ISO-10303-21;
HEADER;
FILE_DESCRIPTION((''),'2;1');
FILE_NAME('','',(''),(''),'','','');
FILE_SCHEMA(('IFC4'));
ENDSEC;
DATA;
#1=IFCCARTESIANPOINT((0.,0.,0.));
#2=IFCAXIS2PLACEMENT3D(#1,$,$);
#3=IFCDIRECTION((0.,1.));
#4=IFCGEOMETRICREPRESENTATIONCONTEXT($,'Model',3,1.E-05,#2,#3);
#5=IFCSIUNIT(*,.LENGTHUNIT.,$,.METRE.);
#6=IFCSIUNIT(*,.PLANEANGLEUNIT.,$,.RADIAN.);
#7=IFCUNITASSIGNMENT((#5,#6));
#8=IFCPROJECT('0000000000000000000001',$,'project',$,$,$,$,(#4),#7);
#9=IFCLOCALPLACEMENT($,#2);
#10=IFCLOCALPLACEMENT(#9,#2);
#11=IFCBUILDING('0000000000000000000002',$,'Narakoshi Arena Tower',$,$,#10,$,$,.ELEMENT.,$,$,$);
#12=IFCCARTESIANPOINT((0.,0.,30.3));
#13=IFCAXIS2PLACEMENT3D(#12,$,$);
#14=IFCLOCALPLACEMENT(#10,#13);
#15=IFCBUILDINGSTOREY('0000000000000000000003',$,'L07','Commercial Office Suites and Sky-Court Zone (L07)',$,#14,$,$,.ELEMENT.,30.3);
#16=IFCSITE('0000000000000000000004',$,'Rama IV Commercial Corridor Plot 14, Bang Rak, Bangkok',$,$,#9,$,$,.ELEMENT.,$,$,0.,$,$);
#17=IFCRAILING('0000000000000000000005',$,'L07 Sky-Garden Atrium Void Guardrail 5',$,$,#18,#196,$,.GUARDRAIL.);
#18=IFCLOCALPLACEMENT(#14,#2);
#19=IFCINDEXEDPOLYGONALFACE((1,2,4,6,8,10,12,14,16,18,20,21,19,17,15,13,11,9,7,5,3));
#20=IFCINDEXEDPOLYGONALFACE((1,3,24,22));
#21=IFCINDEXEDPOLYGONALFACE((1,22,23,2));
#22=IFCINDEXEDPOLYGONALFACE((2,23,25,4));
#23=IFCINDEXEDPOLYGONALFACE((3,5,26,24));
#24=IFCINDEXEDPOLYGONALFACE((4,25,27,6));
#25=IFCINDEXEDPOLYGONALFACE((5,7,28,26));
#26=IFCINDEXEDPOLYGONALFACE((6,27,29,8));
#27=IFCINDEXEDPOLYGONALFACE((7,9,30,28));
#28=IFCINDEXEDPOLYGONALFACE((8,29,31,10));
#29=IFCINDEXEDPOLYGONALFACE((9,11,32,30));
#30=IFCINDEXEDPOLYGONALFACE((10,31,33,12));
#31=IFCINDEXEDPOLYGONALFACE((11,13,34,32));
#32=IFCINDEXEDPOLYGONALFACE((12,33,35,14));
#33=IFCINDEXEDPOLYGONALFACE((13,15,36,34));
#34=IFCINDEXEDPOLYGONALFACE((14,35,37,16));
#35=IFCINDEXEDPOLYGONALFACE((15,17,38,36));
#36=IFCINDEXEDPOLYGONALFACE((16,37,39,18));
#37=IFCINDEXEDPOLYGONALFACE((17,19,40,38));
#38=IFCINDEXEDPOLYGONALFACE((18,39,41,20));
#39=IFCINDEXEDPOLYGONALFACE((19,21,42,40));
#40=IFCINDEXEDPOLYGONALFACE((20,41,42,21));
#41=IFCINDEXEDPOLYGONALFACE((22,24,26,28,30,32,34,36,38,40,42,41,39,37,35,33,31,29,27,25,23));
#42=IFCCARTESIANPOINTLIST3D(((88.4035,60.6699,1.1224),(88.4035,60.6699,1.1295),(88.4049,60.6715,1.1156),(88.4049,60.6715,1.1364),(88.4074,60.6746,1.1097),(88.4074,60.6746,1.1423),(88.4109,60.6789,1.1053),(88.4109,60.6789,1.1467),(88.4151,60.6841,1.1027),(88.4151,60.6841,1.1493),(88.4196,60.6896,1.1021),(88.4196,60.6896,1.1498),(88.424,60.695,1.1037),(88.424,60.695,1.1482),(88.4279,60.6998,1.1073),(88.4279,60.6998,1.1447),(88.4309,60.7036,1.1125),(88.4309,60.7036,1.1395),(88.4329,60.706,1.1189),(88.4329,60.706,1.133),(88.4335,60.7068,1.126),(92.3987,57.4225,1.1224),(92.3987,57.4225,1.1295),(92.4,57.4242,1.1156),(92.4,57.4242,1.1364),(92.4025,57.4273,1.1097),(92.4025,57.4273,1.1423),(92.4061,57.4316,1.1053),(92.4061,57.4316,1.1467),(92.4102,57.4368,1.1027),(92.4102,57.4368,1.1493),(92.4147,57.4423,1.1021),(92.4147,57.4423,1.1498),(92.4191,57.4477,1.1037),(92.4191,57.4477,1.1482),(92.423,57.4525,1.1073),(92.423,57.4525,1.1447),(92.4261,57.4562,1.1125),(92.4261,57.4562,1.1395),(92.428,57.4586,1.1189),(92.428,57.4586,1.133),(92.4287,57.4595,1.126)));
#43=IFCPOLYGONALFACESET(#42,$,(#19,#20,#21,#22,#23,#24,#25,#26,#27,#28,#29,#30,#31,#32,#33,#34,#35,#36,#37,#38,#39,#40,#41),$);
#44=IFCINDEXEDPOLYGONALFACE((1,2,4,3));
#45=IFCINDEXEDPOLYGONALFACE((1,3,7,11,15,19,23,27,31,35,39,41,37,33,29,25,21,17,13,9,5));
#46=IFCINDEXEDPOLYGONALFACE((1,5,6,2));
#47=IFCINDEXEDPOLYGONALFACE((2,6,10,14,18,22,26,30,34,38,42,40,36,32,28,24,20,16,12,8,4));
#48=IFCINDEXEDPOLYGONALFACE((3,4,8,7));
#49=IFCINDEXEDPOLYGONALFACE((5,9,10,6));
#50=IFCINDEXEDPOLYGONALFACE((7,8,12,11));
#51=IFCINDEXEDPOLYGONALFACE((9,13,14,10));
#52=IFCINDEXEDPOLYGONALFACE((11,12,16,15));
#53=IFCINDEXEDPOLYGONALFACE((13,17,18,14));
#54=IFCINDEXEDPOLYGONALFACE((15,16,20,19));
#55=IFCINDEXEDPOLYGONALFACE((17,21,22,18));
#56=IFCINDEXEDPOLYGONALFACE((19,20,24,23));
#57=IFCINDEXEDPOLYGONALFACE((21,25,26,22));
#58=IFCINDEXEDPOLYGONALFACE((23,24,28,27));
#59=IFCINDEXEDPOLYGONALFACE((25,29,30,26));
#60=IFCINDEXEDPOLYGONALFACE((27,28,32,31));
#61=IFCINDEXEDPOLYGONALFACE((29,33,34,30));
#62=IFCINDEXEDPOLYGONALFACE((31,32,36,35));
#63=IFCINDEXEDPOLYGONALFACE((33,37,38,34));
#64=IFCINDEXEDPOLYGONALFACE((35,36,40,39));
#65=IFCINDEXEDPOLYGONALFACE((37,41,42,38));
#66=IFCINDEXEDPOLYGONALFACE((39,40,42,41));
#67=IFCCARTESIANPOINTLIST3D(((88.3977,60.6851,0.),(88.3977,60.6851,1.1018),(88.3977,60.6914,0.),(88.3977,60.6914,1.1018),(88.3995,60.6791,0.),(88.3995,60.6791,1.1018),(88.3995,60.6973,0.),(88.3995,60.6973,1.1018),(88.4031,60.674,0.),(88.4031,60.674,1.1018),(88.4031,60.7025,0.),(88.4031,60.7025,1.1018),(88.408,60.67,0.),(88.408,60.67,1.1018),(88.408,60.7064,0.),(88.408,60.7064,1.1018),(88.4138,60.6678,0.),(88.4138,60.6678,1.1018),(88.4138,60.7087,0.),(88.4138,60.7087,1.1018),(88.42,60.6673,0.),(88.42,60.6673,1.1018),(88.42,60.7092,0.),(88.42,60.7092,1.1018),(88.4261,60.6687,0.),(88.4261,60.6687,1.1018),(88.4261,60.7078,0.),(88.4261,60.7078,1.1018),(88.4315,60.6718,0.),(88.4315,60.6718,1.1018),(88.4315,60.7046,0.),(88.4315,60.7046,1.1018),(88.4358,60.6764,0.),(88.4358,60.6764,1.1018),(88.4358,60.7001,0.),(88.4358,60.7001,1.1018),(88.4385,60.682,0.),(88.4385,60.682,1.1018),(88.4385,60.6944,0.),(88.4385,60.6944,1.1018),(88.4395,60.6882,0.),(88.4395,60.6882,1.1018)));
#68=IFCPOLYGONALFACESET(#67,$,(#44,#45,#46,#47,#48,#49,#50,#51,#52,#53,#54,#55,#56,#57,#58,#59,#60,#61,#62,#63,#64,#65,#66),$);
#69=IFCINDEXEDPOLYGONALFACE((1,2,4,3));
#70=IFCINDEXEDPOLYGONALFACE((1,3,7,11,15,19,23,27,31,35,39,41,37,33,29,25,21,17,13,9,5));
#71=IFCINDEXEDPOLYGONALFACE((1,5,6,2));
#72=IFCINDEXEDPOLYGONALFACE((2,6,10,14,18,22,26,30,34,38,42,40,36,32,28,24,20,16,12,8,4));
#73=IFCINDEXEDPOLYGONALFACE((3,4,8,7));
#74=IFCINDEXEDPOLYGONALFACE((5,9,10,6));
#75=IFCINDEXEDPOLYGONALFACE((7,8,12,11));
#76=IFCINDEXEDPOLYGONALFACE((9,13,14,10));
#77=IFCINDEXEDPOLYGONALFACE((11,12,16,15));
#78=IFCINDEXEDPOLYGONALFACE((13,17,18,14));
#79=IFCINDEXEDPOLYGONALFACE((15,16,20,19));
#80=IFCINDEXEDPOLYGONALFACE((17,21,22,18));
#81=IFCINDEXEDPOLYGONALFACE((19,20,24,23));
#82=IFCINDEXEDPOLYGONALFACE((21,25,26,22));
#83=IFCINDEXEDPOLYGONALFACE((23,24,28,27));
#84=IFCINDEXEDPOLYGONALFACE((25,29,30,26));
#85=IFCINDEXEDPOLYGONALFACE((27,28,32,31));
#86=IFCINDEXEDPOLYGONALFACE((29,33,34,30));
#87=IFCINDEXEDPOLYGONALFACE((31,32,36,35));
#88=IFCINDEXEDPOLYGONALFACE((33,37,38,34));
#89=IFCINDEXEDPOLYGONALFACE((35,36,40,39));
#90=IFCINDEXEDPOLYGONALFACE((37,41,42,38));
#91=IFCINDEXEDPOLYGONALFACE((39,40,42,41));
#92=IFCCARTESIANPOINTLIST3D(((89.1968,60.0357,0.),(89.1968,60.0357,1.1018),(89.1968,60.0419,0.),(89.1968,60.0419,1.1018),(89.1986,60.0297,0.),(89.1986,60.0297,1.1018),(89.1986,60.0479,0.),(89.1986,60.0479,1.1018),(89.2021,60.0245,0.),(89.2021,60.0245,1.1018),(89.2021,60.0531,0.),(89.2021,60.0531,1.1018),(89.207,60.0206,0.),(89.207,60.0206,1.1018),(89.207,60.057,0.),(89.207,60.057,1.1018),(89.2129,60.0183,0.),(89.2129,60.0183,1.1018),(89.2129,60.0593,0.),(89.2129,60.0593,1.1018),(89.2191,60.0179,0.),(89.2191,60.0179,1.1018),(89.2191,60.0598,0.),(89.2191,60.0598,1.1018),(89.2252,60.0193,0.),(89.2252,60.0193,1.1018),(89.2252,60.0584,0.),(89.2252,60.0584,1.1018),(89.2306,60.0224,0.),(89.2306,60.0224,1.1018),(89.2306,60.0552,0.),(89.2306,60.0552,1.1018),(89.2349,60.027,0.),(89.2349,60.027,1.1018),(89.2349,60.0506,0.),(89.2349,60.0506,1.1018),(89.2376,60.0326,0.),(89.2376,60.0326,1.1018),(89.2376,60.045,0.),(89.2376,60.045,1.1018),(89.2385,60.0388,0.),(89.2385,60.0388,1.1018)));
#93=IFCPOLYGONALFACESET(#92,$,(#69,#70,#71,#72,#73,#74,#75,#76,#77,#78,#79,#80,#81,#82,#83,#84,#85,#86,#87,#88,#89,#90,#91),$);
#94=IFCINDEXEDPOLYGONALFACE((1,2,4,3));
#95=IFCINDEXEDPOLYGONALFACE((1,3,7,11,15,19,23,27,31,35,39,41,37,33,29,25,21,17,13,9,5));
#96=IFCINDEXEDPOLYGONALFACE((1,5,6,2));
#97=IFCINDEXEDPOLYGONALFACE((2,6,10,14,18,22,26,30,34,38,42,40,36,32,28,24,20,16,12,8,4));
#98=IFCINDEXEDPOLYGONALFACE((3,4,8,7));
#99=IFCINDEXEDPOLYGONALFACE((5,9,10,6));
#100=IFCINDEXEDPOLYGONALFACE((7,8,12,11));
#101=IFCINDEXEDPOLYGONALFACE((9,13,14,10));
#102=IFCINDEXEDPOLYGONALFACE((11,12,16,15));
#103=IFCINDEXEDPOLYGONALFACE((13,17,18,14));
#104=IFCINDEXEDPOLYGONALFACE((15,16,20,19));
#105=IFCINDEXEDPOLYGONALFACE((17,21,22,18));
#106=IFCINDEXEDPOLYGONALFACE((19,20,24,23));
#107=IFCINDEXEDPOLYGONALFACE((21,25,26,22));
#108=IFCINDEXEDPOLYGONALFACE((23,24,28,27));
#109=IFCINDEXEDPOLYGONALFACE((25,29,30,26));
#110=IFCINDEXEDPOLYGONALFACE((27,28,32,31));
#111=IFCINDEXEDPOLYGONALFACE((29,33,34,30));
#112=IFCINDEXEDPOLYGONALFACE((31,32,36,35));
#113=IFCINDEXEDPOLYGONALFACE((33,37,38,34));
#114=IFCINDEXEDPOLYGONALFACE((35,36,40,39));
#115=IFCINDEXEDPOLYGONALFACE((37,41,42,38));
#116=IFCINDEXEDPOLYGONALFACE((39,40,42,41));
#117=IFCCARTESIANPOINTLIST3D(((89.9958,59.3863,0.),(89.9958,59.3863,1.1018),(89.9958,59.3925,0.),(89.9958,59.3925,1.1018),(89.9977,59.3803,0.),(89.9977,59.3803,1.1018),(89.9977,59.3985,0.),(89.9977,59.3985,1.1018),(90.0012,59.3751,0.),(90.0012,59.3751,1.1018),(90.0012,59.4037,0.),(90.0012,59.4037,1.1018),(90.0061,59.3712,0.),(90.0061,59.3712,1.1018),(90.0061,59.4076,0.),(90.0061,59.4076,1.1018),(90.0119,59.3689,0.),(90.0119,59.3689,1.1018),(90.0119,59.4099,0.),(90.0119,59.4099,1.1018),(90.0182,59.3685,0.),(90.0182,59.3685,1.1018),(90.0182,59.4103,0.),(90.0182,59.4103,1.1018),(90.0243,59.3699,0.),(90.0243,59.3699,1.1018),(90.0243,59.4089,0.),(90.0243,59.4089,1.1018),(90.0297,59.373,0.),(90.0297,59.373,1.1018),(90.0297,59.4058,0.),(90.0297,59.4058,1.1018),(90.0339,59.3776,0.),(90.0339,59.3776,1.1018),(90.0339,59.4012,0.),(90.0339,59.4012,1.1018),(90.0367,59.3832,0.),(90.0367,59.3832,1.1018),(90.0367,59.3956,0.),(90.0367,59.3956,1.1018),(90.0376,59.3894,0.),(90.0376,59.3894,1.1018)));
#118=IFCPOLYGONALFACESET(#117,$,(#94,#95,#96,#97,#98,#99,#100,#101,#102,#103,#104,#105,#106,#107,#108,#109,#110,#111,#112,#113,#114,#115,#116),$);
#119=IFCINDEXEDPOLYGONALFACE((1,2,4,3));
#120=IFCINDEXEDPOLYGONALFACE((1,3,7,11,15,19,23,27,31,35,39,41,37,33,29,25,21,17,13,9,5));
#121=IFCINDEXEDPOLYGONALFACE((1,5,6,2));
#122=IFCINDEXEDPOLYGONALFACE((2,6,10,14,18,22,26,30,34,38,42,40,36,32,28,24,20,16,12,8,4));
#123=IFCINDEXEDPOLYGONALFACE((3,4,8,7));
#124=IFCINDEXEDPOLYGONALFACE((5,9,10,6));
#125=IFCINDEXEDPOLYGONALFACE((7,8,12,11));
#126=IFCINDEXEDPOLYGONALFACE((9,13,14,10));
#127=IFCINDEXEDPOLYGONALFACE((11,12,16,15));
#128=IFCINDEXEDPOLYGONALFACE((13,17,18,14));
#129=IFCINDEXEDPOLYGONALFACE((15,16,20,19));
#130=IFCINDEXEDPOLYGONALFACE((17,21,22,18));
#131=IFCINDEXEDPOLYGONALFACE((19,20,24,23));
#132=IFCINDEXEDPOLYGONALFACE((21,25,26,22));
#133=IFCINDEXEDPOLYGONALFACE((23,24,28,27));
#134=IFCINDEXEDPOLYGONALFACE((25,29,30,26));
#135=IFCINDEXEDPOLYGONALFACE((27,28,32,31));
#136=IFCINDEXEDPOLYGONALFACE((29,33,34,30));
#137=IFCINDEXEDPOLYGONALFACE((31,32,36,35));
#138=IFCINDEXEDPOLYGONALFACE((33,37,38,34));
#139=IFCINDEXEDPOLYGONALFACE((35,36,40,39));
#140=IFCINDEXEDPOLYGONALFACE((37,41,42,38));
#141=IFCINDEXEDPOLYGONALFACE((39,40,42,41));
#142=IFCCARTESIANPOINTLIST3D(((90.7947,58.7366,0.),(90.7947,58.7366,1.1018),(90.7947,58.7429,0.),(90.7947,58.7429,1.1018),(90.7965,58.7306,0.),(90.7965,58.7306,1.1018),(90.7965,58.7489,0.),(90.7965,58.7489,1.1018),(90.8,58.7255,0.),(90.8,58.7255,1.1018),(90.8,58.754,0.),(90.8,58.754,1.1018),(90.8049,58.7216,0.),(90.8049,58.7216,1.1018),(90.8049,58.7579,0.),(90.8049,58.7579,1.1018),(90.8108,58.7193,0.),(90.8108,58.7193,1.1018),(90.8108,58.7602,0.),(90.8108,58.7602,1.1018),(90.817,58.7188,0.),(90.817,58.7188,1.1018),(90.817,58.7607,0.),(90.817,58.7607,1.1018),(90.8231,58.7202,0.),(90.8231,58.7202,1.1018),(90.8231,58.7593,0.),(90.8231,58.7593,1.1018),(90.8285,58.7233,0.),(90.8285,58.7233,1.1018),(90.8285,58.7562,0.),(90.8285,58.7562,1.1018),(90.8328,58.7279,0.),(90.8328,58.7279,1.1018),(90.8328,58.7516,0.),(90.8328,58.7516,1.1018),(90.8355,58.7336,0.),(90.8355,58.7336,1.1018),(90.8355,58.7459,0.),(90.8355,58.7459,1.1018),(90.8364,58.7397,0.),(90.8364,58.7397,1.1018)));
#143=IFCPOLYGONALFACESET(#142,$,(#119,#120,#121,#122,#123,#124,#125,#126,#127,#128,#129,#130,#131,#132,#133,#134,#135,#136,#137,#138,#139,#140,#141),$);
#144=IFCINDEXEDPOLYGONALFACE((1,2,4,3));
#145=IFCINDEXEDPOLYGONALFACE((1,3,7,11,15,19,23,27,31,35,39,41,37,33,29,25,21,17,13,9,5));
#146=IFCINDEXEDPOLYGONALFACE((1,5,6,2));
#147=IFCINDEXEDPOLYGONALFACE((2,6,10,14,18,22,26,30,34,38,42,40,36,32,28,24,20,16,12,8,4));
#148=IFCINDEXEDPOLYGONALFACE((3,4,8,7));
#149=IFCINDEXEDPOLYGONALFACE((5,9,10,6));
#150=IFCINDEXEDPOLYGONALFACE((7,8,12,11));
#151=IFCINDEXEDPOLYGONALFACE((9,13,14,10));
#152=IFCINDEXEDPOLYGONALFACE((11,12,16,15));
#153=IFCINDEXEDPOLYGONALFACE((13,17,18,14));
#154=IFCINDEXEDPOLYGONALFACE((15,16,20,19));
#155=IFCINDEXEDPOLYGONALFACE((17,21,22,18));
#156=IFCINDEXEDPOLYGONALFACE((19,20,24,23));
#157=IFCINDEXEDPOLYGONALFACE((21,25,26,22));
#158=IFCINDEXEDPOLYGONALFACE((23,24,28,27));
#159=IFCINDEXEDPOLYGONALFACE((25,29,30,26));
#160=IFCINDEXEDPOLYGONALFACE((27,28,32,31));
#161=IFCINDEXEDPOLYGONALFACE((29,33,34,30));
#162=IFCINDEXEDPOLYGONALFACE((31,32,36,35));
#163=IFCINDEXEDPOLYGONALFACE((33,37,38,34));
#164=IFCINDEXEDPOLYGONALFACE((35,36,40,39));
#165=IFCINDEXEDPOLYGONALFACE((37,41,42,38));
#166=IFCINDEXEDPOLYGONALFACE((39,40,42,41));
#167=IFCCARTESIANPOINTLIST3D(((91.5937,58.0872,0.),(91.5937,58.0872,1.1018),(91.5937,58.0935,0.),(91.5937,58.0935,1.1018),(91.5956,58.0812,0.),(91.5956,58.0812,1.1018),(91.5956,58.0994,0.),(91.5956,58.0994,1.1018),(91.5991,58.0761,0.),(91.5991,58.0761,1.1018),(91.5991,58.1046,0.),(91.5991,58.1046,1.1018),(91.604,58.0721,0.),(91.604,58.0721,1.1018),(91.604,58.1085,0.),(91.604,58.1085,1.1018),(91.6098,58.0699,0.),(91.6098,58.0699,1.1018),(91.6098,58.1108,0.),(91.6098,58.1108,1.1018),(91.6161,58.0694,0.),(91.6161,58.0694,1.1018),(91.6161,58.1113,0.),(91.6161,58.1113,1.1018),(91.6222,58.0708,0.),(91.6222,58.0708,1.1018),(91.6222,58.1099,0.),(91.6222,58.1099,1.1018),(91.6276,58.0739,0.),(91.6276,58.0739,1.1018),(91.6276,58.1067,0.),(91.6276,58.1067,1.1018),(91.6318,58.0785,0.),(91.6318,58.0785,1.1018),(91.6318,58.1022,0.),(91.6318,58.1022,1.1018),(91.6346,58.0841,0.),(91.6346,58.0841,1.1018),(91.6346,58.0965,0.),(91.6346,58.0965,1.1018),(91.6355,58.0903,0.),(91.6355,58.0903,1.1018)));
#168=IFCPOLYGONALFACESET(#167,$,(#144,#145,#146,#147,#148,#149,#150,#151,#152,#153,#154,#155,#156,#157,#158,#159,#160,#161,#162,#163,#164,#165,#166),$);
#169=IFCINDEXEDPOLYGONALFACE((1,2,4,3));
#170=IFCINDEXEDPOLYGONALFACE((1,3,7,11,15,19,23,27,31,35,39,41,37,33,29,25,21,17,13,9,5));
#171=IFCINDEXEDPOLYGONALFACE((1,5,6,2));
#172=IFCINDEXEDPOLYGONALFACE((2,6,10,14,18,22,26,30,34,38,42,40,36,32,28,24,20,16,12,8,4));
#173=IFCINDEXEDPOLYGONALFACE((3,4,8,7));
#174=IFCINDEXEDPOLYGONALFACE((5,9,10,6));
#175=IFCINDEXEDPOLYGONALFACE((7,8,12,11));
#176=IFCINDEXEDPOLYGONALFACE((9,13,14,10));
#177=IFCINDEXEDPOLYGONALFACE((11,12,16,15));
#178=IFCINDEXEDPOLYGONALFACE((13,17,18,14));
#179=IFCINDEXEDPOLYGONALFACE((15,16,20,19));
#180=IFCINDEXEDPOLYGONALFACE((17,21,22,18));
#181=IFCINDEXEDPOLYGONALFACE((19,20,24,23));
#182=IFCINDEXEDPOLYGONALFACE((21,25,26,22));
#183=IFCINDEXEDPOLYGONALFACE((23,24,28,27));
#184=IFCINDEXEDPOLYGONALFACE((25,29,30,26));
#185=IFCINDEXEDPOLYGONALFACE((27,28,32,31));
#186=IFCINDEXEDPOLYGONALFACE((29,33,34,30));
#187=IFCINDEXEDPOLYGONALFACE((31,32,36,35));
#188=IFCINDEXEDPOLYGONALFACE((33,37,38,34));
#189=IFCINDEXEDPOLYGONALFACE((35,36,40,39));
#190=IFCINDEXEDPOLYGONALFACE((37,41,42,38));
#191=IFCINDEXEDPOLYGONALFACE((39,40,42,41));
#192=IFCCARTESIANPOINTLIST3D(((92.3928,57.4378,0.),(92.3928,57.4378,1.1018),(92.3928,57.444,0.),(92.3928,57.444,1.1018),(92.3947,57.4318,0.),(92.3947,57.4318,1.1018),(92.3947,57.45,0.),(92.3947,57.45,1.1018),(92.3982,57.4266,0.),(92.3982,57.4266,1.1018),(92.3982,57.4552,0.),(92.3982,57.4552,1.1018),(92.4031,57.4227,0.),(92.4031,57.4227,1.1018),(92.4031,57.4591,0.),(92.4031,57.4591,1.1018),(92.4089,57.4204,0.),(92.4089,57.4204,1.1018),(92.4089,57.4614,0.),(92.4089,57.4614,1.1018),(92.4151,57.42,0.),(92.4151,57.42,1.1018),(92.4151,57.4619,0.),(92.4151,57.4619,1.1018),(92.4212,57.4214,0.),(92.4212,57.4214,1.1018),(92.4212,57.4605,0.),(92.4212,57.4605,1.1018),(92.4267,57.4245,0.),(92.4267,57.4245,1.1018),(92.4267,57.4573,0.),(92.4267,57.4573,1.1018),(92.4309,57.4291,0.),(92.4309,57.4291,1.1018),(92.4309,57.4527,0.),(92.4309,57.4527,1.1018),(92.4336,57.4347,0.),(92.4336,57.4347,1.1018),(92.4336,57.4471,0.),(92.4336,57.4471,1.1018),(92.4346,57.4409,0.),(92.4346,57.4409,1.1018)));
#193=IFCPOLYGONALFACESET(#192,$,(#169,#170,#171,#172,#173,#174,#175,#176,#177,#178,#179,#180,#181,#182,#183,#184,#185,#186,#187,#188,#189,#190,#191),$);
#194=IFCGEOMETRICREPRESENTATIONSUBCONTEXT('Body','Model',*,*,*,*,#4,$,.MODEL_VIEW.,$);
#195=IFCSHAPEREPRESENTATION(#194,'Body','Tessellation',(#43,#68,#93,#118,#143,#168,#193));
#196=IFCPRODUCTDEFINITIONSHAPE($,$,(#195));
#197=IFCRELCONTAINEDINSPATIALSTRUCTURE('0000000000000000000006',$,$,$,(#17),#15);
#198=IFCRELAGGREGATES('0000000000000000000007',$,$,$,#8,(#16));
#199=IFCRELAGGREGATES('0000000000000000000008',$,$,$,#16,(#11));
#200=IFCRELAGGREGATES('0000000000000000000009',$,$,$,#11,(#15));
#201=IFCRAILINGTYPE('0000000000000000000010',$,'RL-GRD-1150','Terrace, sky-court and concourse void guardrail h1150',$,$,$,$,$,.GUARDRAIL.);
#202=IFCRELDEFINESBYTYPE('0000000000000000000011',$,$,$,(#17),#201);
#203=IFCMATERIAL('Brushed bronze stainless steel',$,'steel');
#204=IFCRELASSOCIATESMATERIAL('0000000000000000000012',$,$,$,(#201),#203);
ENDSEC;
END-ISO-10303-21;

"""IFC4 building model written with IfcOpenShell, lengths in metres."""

from ifc_helpers import new_model, si_unit, direction, frame, origin, origin_2d, place, context, subcontext, project, spatial, circle, extrude, material, type_object, element, save


model = new_model("IFC4")

# Units and contexts
model_context = context("Model", 3, precision=1e-05, world=origin(), true_north=direction((0.0, 1.0)))
body_context = subcontext(model_context, "Body", "Model", "MODEL_VIEW")
ifc_project = project(units=[si_unit("LENGTHUNIT", "METRE"), si_unit("PLANEANGLEUNIT", "RADIAN")], contexts=[model_context])

# Site, building, storey
site_placement = place(None, origin())
site = spatial("IfcSite", under=ifc_project, at=site_placement, Name="Rama IV Commercial Corridor Plot 14, Bang Rak, Bangkok", CompositionType="ELEMENT", RefElevation=0.0)
building_placement = place(site_placement, origin())
building = spatial("IfcBuilding", under=site, at=building_placement, Name="Narakoshi Arena Tower", CompositionType="ELEMENT")
storey_placement = place(building_placement, frame((0.0, 0.0, 30.3)))
storey = spatial("IfcBuildingStorey", under=building, at=storey_placement, Name="L07", Description="Commercial Office Suites and Sky-Court Zone (L07)", CompositionType="ELEMENT", Elevation=30.3)

# Railing
ifc_material_1 = material(Name="Brushed bronze stainless steel", Category="steel")
railing_type = type_object("IfcRailingType", Name="RL-GRD-1150", Description="Terrace, sky-court and concourse void guardrail h1150", PredefinedType="GUARDRAIL", material=ifc_material_1)
railing_1_placement = place(storey_placement, frame((88.4185, 60.6882, 0.0)))
element("IfcRailing", 1, at=railing_1_placement, inside=storey, type_object=railing_type, Name="L07 Sky-Garden Atrium Void Guardrail 5", PredefinedType="GUARDRAIL", context=body_context, shape_type="SweptSolid", body=[
    extrude(circle(Radius=0.0239, at=origin_2d()), frame((0.0, 0.0, 1.126), z_axis=(0.775992, -0.630743, 0.0), x_axis=(0.630743, 0.775992, 0.0)), (0.0, 0.0, 1.0), 5.1484),
    extrude(circle(Radius=0.021, at=origin_2d()), origin(), (0.0, 0.0, 1.0), 1.1018),
    extrude(circle(Radius=0.021, at=origin_2d()), frame((0.7991, -0.6494, 0.0)), (0.0, 0.0, 1.0), 1.1018),
    extrude(circle(Radius=0.021, at=origin_2d()), frame((1.5981, -1.2988, 0.0)), (0.0, 0.0, 1.0), 1.1018),
    extrude(circle(Radius=0.021, at=origin_2d()), frame((2.397, -1.9485, 0.0)), (0.0, 0.0, 1.0), 1.1018),
    extrude(circle(Radius=0.021, at=origin_2d()), frame((3.196, -2.5979, 0.0)), (0.0, 0.0, 1.0), 1.1018),
    extrude(circle(Radius=0.021, at=origin_2d()), frame((3.9951, -3.2473, 0.0)), (0.0, 0.0, 1.0), 1.1018),
])

save(model, "model.ifc")
